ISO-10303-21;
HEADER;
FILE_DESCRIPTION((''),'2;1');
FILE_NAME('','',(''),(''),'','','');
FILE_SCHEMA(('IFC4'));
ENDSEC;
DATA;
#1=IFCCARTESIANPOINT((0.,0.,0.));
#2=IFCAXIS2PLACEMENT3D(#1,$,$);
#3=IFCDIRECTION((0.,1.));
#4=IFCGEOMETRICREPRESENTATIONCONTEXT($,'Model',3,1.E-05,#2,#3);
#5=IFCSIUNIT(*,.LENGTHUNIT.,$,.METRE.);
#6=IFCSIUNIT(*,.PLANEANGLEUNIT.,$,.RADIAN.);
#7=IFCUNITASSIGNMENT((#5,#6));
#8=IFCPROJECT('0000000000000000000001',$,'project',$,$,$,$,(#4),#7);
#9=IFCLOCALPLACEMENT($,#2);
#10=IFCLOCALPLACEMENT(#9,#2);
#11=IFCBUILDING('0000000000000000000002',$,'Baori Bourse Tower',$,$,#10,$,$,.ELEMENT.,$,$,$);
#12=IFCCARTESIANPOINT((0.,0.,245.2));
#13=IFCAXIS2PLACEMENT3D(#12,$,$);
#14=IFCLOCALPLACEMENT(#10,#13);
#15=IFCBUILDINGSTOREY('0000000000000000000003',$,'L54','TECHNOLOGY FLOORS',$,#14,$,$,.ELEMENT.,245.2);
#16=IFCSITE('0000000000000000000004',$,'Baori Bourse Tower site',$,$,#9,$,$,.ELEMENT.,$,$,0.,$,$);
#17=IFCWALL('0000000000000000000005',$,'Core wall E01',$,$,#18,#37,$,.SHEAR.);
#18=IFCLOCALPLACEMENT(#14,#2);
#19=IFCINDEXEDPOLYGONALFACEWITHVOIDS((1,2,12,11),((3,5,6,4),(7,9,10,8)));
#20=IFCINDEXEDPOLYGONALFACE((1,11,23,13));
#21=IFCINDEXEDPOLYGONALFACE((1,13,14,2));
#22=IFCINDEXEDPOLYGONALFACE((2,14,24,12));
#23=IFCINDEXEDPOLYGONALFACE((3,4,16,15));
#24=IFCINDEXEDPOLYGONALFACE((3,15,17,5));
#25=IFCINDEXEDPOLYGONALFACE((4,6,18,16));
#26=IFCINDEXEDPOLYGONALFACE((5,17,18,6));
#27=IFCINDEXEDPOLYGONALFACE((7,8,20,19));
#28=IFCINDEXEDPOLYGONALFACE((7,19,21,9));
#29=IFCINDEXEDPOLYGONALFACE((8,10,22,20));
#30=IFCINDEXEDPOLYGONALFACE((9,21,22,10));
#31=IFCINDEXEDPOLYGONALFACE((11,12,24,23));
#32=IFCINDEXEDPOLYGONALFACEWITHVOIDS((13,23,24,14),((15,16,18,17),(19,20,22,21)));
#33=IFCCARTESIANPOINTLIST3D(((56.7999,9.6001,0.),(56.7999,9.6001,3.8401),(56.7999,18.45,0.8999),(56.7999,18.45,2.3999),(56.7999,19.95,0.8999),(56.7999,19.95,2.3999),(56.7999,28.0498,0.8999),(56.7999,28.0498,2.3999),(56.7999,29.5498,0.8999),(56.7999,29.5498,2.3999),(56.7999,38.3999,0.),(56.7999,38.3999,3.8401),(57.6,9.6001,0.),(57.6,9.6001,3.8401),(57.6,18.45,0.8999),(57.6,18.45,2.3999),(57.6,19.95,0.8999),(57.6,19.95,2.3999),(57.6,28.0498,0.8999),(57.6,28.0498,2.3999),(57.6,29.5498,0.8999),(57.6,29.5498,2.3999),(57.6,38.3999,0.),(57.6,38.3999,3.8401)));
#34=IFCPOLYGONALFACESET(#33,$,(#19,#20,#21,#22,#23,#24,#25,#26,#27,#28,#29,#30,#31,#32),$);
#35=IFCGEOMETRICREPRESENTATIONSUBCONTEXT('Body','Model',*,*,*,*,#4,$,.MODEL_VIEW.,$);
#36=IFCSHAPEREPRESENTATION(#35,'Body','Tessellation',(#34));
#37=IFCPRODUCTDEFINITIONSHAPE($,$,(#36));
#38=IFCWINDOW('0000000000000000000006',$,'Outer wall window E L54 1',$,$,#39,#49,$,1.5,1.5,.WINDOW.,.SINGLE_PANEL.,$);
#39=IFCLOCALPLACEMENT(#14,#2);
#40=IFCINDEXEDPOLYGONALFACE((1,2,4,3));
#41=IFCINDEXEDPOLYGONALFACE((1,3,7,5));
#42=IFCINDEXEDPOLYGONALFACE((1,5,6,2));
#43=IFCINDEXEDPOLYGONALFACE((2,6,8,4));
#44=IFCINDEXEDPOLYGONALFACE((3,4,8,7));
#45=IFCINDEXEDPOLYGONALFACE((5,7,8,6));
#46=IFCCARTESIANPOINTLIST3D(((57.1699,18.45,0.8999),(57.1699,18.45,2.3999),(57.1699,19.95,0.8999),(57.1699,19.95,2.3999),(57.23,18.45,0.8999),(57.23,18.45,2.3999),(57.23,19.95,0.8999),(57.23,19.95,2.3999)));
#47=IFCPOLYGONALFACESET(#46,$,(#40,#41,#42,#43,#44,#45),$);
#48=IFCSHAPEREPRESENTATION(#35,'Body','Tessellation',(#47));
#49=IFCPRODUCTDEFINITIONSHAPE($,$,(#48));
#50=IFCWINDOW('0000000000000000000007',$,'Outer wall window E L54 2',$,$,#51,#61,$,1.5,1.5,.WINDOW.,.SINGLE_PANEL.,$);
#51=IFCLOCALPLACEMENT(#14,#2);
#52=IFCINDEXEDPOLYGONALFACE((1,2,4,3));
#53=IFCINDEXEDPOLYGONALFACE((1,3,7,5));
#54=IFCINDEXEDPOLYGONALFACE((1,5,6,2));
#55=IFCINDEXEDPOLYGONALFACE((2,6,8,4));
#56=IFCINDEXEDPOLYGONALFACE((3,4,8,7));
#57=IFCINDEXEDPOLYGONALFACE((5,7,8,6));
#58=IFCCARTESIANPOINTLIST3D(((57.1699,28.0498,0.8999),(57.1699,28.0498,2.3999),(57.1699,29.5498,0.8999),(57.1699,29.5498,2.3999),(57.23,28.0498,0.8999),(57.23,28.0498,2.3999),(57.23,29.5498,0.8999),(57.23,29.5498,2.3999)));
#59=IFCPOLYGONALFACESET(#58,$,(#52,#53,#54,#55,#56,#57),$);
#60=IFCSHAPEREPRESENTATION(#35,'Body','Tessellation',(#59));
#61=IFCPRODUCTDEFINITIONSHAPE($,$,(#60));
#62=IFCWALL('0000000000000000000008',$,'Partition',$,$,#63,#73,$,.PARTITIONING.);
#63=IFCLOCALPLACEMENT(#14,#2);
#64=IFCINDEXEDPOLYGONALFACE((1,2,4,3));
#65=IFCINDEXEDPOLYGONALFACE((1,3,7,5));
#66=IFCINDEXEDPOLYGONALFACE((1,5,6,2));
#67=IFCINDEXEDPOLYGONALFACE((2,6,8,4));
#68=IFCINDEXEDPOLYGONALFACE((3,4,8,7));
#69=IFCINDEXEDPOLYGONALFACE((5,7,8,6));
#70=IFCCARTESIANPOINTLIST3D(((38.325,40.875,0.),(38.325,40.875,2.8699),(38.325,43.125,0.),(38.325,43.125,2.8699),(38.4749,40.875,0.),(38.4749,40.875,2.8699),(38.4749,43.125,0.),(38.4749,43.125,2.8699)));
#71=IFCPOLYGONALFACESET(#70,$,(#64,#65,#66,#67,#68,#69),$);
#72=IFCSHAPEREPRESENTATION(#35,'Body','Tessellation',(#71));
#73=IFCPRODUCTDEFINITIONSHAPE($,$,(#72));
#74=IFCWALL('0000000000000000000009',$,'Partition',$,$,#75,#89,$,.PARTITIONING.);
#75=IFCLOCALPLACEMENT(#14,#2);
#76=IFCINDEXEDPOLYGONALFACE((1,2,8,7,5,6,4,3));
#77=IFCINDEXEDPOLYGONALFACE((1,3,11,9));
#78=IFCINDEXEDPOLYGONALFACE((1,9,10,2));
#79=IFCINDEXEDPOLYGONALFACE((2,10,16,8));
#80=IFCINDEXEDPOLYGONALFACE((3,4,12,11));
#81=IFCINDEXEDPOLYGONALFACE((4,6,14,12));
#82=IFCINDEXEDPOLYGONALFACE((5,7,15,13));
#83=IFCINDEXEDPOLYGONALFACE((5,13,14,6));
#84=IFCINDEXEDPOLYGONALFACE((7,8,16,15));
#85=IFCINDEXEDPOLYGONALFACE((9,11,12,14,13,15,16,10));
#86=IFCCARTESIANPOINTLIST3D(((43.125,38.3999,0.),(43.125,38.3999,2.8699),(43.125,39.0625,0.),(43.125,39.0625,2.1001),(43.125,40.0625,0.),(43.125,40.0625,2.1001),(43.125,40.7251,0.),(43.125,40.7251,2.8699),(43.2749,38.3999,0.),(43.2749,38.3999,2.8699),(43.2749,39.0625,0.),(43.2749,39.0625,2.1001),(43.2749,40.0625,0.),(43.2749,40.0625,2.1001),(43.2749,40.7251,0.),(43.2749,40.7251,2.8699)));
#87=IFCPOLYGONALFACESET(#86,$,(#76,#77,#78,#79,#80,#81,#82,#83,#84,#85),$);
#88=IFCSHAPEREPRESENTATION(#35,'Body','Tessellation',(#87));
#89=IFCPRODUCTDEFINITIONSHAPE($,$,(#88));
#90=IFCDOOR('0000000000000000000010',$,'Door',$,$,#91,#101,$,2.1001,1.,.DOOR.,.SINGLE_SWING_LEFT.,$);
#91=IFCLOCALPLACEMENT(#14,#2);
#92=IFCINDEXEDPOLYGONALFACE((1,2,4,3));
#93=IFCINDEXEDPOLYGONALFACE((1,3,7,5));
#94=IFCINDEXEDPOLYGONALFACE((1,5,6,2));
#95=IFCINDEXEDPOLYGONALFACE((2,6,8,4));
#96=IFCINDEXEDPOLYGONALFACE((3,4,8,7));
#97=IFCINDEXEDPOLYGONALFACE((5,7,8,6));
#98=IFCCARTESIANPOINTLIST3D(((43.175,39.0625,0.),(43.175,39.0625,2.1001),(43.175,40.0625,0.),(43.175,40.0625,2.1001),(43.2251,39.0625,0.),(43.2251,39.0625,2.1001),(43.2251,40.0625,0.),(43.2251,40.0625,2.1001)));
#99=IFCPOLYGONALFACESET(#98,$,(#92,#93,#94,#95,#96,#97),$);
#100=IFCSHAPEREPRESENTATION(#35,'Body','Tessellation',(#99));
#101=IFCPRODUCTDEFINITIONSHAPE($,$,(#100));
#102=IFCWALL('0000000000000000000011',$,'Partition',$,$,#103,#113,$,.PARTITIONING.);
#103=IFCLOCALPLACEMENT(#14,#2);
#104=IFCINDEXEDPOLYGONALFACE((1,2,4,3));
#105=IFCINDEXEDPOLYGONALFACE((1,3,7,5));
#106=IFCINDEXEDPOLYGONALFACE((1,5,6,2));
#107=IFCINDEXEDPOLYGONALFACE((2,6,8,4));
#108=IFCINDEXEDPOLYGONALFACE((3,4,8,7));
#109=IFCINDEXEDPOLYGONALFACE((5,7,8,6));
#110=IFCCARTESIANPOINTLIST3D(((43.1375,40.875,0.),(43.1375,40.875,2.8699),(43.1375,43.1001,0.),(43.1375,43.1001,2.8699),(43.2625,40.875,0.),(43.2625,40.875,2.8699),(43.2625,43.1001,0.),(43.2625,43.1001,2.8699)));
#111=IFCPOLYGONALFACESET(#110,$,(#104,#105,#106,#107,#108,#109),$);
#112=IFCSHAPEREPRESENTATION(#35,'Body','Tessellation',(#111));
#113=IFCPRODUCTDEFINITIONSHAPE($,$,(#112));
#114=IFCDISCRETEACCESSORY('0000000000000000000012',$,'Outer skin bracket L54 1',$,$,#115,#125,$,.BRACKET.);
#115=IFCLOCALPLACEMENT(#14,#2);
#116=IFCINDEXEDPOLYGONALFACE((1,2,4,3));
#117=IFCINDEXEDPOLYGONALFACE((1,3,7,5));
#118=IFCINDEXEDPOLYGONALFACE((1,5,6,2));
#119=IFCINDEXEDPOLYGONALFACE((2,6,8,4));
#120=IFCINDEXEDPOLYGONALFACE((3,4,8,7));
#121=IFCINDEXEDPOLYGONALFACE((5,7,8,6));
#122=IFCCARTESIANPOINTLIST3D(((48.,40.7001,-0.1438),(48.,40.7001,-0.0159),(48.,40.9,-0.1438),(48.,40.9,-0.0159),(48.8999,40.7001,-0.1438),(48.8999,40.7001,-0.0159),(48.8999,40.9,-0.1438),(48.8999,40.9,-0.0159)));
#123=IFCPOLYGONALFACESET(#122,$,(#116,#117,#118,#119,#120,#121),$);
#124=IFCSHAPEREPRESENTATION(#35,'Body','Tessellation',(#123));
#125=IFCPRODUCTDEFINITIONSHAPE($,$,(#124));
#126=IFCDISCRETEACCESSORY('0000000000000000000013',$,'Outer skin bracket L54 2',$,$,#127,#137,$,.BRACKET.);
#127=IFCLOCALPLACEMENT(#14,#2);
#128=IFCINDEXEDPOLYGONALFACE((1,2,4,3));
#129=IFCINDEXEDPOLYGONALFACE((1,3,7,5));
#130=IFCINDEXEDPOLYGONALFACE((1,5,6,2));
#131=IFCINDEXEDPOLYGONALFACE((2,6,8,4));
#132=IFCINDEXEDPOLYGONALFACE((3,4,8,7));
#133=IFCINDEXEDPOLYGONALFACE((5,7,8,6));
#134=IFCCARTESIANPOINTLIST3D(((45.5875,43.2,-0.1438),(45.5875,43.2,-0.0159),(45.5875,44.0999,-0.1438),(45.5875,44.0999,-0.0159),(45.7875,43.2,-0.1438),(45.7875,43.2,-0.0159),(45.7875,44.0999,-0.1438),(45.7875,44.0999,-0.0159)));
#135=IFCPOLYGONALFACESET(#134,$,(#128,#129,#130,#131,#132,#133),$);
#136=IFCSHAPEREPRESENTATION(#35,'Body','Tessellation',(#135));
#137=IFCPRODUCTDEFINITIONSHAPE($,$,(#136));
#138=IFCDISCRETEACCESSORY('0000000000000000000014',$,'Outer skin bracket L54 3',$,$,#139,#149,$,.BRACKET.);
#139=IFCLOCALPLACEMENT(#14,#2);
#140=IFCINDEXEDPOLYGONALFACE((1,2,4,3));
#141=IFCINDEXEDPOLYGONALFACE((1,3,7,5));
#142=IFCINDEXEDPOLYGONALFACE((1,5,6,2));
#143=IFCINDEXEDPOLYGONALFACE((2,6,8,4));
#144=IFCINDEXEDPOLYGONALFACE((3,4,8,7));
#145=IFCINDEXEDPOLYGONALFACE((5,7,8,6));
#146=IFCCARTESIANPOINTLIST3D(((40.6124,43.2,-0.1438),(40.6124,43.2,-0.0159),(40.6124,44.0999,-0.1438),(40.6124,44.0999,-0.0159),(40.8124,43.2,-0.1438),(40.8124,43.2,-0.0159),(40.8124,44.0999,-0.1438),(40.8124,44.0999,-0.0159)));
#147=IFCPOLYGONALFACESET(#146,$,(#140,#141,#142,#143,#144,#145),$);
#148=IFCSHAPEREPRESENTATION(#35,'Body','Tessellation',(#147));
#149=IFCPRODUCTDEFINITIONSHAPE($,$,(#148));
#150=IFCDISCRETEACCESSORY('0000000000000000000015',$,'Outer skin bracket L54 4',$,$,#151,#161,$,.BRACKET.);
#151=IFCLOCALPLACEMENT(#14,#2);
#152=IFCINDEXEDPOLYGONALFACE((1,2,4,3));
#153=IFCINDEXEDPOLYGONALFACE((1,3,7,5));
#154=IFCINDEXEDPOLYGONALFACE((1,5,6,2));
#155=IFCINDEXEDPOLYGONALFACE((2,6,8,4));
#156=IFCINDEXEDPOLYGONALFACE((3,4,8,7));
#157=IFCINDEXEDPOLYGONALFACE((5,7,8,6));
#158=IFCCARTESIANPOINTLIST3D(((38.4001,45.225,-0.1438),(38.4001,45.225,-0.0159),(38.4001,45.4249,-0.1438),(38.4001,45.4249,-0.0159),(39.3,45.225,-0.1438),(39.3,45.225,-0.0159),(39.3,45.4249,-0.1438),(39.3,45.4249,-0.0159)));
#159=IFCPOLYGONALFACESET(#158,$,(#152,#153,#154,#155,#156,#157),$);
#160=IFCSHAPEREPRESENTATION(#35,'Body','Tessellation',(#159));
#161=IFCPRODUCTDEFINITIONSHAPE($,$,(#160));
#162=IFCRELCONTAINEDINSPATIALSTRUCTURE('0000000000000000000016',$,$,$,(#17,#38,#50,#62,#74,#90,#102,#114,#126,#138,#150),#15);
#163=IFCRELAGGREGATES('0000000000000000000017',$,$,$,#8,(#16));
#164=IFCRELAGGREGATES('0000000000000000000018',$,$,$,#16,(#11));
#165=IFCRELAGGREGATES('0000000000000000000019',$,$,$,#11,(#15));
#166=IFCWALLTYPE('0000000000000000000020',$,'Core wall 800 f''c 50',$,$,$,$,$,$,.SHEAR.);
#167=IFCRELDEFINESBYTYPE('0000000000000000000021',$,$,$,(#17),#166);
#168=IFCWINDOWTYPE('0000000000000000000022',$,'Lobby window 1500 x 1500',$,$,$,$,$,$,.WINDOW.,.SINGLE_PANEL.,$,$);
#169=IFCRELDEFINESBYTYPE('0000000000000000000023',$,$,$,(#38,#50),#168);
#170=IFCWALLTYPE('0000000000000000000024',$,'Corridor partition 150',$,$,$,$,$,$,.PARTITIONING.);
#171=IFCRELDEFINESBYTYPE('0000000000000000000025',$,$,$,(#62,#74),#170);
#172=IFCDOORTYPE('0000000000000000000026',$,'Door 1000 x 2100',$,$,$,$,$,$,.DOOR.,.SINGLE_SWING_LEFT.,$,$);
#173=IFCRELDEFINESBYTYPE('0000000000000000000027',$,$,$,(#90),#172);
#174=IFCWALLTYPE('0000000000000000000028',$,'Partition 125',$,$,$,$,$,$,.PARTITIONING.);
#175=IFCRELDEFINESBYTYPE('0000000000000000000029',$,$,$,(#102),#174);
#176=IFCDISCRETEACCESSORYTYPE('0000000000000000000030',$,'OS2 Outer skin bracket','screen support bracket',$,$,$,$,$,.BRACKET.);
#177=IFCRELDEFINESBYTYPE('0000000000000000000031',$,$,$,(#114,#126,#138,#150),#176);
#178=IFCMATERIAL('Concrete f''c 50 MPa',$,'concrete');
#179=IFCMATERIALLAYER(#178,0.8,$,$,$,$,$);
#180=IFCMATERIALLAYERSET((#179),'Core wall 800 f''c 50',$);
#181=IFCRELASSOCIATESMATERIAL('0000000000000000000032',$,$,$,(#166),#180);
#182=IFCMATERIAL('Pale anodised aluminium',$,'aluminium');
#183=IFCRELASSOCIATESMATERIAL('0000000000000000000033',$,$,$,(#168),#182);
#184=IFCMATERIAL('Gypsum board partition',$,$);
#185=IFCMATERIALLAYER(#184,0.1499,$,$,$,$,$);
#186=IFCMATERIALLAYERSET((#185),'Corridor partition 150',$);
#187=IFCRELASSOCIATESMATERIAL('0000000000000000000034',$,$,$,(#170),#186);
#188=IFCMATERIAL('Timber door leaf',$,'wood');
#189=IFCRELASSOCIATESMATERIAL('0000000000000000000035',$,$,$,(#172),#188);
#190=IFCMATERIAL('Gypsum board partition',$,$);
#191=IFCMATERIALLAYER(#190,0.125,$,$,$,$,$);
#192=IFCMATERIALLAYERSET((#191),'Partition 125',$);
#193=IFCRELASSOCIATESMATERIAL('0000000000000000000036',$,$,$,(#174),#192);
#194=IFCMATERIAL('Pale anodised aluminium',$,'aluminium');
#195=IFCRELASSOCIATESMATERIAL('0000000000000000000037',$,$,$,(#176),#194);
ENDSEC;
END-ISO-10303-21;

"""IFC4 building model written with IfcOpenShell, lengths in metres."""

from ifc_helpers import new_model, si_unit, direction, frame, frame_2d, origin, origin_2d, place, context, subcontext, project, spatial, rectangle, extrude, material, layer, layer_set, type_object, element, fill, save


model = new_model("IFC4")

# Units and contexts
model_context = context("Model", 3, precision=1e-05, world=origin(), true_north=direction((0.0, 1.0)))
body_context = subcontext(model_context, "Body", "Model", "MODEL_VIEW")
ifc_project = project(units=[si_unit("LENGTHUNIT", "METRE"), si_unit("PLANEANGLEUNIT", "RADIAN")], contexts=[model_context])

# Site, building, storey
site_placement = place(None, origin())
site = spatial("IfcSite", under=ifc_project, at=site_placement, Name="Baori Bourse Tower site", CompositionType="ELEMENT", RefElevation=0.0)
building_placement = place(site_placement, origin())
building = spatial("IfcBuilding", under=site, at=building_placement, Name="Baori Bourse Tower", CompositionType="ELEMENT")
storey_placement = place(building_placement, frame((0.0, 0.0, 245.2)))
storey = spatial("IfcBuildingStorey", under=building, at=storey_placement, Name="L54", Description="TECHNOLOGY FLOORS", CompositionType="ELEMENT", Elevation=245.2)

# Wall, openings, windows
ifc_material_1 = material(Name="Concrete f'c 50 MPa", Category="concrete")
ifc_layer_1 = layer(ifc_material_1, 0.8)
ifc_layer_set_1 = layer_set([ifc_layer_1], Name="Core wall 800 f'c 50")
wall_type_1 = type_object("IfcWallType", Name="Core wall 800 f'c 50", PredefinedType="SHEAR", material=ifc_layer_set_1)
wall_1_placement = place(storey_placement, frame((57.2, 38.3999, 0.0), z_axis=(0.0, 0.0, 1.0), x_axis=(0.0, -1.0, 0.0)))
wall_1 = element("IfcWall", 1, at=wall_1_placement, inside=storey, type_object=wall_type_1, Name="Core wall E01", PredefinedType="SHEAR", context=body_context, shape_type="SweptSolid", body=[
    extrude(rectangle(XDim=28.7998, YDim=0.8, at=frame_2d((14.3999, 0.0))), origin(), (0.0, 0.0, 1.0), 3.8401),
])
opening_1_placement = place(wall_1_placement, frame((18.45, 0.0, 0.8999)))
opening_1 = element("IfcOpeningElement", 2, at=opening_1_placement, cuts=wall_1, PredefinedType="OPENING", context=body_context, shape_type="SweptSolid", body=[
    extrude(rectangle(XDim=1.5, YDim=1.5, at=frame_2d((0.75, 0.75))), frame((0.0, 0.4099, 0.0), z_axis=(0.0, -1.0, 0.0), x_axis=(1.0, 0.0, 0.0)), (0.0, 0.0, 1.0), 0.8201),
])
opening_2_placement = place(wall_1_placement, frame((8.8501, 0.0, 0.8999)))
opening_2 = element("IfcOpeningElement", 3, at=opening_2_placement, cuts=wall_1, PredefinedType="OPENING", context=body_context, shape_type="SweptSolid", body=[
    extrude(rectangle(XDim=1.5, YDim=1.5, at=frame_2d((0.75, 0.75))), frame((0.0, 0.4099, 0.0), z_axis=(0.0, -1.0, 0.0), x_axis=(1.0, 0.0, 0.0)), (0.0, 0.0, 1.0), 0.8201),
])
ifc_material_2 = material(Name="Pale anodised aluminium", Category="aluminium")
window_type = type_object("IfcWindowType", Name="Lobby window 1500 x 1500", PartitioningType="SINGLE_PANEL", PredefinedType="WINDOW", material=ifc_material_2)
window_1_placement = place(opening_1_placement, origin())
window_1 = element("IfcWindow", 4, at=window_1_placement, inside=storey, type_object=window_type, Name="Outer wall window E L54 1", OverallHeight=1.5, OverallWidth=1.5, PartitioningType="SINGLE_PANEL", PredefinedType="WINDOW", context=body_context, shape_type="SweptSolid", body=[
    extrude(rectangle(XDim=1.5, YDim=1.5, at=frame_2d((0.75, 0.75))), frame((0.0, 0.03, 0.0), z_axis=(0.0, -1.0, 0.0), x_axis=(1.0, 0.0, 0.0)), (0.0, 0.0, 1.0), 0.0601),
])
fill(opening_1, window_1)
window_2_placement = place(opening_2_placement, origin())
window_2 = element("IfcWindow", 5, at=window_2_placement, inside=storey, type_object=window_type, Name="Outer wall window E L54 2", OverallHeight=1.5, OverallWidth=1.5, PartitioningType="SINGLE_PANEL", PredefinedType="WINDOW", context=body_context, shape_type="SweptSolid", body=[
    extrude(rectangle(XDim=1.5, YDim=1.5, at=frame_2d((0.75, 0.75))), frame((0.0, 0.03, 0.0), z_axis=(0.0, -1.0, 0.0), x_axis=(1.0, 0.0, 0.0)), (0.0, 0.0, 1.0), 0.0601),
])
fill(opening_2, window_2)

# Wall
ifc_material_3 = material(Name="Gypsum board partition")
ifc_layer_2 = layer(ifc_material_3, 0.1499)
ifc_layer_set_2 = layer_set([ifc_layer_2], Name="Corridor partition 150")
wall_type_2 = type_object("IfcWallType", Name="Corridor partition 150", PredefinedType="PARTITIONING", material=ifc_layer_set_2)
wall_2_placement = place(storey_placement, frame((38.3999, 40.875, 0.0), z_axis=(0.0, 0.0, 1.0), x_axis=(0.0, 1.0, 0.0)))
element("IfcWall", 6, at=wall_2_placement, inside=storey, type_object=wall_type_2, Name="Partition", PredefinedType="PARTITIONING", context=body_context, shape_type="SweptSolid", body=[
    extrude(rectangle(XDim=2.25, YDim=0.1499, at=frame_2d((1.125, 0.0))), origin(), (0.0, 0.0, 1.0), 2.8699),
])

# Wall, opening, door
wall_3_placement = place(storey_placement, frame((43.2, 38.3999, 0.0), z_axis=(0.0, 0.0, 1.0), x_axis=(0.0, 1.0, 0.0)))
wall_3 = element("IfcWall", 7, at=wall_3_placement, inside=storey, type_object=wall_type_2, Name="Partition", PredefinedType="PARTITIONING", context=body_context, shape_type="SweptSolid", body=[
    extrude(rectangle(XDim=2.3252, YDim=0.1499, at=frame_2d((1.1626, 0.0))), origin(), (0.0, 0.0, 1.0), 2.8699),
])
opening_3_placement = place(wall_3_placement, frame((0.6626, 0.0, 0.0)))
opening_3 = element("IfcOpeningElement", 8, at=opening_3_placement, cuts=wall_3, PredefinedType="OPENING", context=body_context, shape_type="SweptSolid", body=[
    extrude(rectangle(XDim=1.0, YDim=2.1001, at=frame_2d((0.5, 1.05))), frame((0.0, 0.085, 0.0), z_axis=(0.0, -1.0, 0.0), x_axis=(1.0, 0.0, 0.0)), (0.0, 0.0, 1.0), 0.1699),
])
ifc_material_4 = material(Name="Timber door leaf", Category="wood")
door_type = type_object("IfcDoorType", Name="Door 1000 x 2100", OperationType="SINGLE_SWING_LEFT", PredefinedType="DOOR", material=ifc_material_4)
door_placement = place(opening_3_placement, origin())
door = element("IfcDoor", 9, at=door_placement, inside=storey, type_object=door_type, Name="Door", OperationType="SINGLE_SWING_LEFT", OverallHeight=2.1001, OverallWidth=1.0, PredefinedType="DOOR", context=body_context, shape_type="SweptSolid", body=[
    extrude(rectangle(XDim=1.0, YDim=2.1001, at=frame_2d((0.5, 1.05))), frame((0.0, 0.0249, 0.0), z_axis=(0.0, -1.0, 0.0), x_axis=(1.0, 0.0, 0.0)), (0.0, 0.0, 1.0), 0.05),
])
fill(opening_3, door)

# Wall
ifc_material_5 = material(Name="Gypsum board partition")
ifc_layer_3 = layer(ifc_material_5, 0.125)
ifc_layer_set_3 = layer_set([ifc_layer_3], Name="Partition 125")
wall_type_3 = type_object("IfcWallType", Name="Partition 125", PredefinedType="PARTITIONING", material=ifc_layer_set_3)
wall_4_placement = place(storey_placement, frame((43.2, 40.875, 0.0), z_axis=(0.0, 0.0, 1.0), x_axis=(0.0, 1.0, 0.0)))
element("IfcWall", 10, at=wall_4_placement, inside=storey, type_object=wall_type_3, Name="Partition", PredefinedType="PARTITIONING", context=body_context, shape_type="SweptSolid", body=[
    extrude(rectangle(XDim=2.2251, YDim=0.125, at=frame_2d((1.1125, 0.0))), origin(), (0.0, 0.0, 1.0), 2.8699),
])

# Discrete accessories
ifc_material_6 = material(Name="Pale anodised aluminium", Category="aluminium")
discrete_accessory_type = type_object("IfcDiscreteAccessoryType", Name="OS2 Outer skin bracket", Description="screen support bracket", PredefinedType="BRACKET", material=ifc_material_6)
for number, where, z_axis, x_axis, name in (
    (11, (48.45, 40.8, -0.1438), (0.0, 0.0, 1.0), (0.0, 1.0, 0.0), "Outer skin bracket L54 1"),
    (12, (45.6875, 43.6499, -0.1438), (0.0, 0.0, 1.0), (-1.0, 0.0, 0.0), "Outer skin bracket L54 2"),
    (13, (40.7124, 43.6499, -0.1438), (0.0, 0.0, 1.0), (-1.0, 0.0, 0.0), "Outer skin bracket L54 3"),
    (14, (38.8501, 45.325, -0.1438), (0.0, 0.0, 1.0), (0.0, 1.0, 0.0), "Outer skin bracket L54 4"),
):
    element("IfcDiscreteAccessory", number, at=place(storey_placement, frame(where, z_axis=z_axis, x_axis=x_axis)), inside=storey, type_object=discrete_accessory_type, Name=name, PredefinedType="BRACKET", context=body_context, shape_type="SweptSolid", body=[
        extrude(rectangle(XDim=0.2, YDim=0.8999, at=origin_2d()), origin(), (0.0, 0.0, 1.0), 0.1279),
    ])

save(model, "model.ifc")
